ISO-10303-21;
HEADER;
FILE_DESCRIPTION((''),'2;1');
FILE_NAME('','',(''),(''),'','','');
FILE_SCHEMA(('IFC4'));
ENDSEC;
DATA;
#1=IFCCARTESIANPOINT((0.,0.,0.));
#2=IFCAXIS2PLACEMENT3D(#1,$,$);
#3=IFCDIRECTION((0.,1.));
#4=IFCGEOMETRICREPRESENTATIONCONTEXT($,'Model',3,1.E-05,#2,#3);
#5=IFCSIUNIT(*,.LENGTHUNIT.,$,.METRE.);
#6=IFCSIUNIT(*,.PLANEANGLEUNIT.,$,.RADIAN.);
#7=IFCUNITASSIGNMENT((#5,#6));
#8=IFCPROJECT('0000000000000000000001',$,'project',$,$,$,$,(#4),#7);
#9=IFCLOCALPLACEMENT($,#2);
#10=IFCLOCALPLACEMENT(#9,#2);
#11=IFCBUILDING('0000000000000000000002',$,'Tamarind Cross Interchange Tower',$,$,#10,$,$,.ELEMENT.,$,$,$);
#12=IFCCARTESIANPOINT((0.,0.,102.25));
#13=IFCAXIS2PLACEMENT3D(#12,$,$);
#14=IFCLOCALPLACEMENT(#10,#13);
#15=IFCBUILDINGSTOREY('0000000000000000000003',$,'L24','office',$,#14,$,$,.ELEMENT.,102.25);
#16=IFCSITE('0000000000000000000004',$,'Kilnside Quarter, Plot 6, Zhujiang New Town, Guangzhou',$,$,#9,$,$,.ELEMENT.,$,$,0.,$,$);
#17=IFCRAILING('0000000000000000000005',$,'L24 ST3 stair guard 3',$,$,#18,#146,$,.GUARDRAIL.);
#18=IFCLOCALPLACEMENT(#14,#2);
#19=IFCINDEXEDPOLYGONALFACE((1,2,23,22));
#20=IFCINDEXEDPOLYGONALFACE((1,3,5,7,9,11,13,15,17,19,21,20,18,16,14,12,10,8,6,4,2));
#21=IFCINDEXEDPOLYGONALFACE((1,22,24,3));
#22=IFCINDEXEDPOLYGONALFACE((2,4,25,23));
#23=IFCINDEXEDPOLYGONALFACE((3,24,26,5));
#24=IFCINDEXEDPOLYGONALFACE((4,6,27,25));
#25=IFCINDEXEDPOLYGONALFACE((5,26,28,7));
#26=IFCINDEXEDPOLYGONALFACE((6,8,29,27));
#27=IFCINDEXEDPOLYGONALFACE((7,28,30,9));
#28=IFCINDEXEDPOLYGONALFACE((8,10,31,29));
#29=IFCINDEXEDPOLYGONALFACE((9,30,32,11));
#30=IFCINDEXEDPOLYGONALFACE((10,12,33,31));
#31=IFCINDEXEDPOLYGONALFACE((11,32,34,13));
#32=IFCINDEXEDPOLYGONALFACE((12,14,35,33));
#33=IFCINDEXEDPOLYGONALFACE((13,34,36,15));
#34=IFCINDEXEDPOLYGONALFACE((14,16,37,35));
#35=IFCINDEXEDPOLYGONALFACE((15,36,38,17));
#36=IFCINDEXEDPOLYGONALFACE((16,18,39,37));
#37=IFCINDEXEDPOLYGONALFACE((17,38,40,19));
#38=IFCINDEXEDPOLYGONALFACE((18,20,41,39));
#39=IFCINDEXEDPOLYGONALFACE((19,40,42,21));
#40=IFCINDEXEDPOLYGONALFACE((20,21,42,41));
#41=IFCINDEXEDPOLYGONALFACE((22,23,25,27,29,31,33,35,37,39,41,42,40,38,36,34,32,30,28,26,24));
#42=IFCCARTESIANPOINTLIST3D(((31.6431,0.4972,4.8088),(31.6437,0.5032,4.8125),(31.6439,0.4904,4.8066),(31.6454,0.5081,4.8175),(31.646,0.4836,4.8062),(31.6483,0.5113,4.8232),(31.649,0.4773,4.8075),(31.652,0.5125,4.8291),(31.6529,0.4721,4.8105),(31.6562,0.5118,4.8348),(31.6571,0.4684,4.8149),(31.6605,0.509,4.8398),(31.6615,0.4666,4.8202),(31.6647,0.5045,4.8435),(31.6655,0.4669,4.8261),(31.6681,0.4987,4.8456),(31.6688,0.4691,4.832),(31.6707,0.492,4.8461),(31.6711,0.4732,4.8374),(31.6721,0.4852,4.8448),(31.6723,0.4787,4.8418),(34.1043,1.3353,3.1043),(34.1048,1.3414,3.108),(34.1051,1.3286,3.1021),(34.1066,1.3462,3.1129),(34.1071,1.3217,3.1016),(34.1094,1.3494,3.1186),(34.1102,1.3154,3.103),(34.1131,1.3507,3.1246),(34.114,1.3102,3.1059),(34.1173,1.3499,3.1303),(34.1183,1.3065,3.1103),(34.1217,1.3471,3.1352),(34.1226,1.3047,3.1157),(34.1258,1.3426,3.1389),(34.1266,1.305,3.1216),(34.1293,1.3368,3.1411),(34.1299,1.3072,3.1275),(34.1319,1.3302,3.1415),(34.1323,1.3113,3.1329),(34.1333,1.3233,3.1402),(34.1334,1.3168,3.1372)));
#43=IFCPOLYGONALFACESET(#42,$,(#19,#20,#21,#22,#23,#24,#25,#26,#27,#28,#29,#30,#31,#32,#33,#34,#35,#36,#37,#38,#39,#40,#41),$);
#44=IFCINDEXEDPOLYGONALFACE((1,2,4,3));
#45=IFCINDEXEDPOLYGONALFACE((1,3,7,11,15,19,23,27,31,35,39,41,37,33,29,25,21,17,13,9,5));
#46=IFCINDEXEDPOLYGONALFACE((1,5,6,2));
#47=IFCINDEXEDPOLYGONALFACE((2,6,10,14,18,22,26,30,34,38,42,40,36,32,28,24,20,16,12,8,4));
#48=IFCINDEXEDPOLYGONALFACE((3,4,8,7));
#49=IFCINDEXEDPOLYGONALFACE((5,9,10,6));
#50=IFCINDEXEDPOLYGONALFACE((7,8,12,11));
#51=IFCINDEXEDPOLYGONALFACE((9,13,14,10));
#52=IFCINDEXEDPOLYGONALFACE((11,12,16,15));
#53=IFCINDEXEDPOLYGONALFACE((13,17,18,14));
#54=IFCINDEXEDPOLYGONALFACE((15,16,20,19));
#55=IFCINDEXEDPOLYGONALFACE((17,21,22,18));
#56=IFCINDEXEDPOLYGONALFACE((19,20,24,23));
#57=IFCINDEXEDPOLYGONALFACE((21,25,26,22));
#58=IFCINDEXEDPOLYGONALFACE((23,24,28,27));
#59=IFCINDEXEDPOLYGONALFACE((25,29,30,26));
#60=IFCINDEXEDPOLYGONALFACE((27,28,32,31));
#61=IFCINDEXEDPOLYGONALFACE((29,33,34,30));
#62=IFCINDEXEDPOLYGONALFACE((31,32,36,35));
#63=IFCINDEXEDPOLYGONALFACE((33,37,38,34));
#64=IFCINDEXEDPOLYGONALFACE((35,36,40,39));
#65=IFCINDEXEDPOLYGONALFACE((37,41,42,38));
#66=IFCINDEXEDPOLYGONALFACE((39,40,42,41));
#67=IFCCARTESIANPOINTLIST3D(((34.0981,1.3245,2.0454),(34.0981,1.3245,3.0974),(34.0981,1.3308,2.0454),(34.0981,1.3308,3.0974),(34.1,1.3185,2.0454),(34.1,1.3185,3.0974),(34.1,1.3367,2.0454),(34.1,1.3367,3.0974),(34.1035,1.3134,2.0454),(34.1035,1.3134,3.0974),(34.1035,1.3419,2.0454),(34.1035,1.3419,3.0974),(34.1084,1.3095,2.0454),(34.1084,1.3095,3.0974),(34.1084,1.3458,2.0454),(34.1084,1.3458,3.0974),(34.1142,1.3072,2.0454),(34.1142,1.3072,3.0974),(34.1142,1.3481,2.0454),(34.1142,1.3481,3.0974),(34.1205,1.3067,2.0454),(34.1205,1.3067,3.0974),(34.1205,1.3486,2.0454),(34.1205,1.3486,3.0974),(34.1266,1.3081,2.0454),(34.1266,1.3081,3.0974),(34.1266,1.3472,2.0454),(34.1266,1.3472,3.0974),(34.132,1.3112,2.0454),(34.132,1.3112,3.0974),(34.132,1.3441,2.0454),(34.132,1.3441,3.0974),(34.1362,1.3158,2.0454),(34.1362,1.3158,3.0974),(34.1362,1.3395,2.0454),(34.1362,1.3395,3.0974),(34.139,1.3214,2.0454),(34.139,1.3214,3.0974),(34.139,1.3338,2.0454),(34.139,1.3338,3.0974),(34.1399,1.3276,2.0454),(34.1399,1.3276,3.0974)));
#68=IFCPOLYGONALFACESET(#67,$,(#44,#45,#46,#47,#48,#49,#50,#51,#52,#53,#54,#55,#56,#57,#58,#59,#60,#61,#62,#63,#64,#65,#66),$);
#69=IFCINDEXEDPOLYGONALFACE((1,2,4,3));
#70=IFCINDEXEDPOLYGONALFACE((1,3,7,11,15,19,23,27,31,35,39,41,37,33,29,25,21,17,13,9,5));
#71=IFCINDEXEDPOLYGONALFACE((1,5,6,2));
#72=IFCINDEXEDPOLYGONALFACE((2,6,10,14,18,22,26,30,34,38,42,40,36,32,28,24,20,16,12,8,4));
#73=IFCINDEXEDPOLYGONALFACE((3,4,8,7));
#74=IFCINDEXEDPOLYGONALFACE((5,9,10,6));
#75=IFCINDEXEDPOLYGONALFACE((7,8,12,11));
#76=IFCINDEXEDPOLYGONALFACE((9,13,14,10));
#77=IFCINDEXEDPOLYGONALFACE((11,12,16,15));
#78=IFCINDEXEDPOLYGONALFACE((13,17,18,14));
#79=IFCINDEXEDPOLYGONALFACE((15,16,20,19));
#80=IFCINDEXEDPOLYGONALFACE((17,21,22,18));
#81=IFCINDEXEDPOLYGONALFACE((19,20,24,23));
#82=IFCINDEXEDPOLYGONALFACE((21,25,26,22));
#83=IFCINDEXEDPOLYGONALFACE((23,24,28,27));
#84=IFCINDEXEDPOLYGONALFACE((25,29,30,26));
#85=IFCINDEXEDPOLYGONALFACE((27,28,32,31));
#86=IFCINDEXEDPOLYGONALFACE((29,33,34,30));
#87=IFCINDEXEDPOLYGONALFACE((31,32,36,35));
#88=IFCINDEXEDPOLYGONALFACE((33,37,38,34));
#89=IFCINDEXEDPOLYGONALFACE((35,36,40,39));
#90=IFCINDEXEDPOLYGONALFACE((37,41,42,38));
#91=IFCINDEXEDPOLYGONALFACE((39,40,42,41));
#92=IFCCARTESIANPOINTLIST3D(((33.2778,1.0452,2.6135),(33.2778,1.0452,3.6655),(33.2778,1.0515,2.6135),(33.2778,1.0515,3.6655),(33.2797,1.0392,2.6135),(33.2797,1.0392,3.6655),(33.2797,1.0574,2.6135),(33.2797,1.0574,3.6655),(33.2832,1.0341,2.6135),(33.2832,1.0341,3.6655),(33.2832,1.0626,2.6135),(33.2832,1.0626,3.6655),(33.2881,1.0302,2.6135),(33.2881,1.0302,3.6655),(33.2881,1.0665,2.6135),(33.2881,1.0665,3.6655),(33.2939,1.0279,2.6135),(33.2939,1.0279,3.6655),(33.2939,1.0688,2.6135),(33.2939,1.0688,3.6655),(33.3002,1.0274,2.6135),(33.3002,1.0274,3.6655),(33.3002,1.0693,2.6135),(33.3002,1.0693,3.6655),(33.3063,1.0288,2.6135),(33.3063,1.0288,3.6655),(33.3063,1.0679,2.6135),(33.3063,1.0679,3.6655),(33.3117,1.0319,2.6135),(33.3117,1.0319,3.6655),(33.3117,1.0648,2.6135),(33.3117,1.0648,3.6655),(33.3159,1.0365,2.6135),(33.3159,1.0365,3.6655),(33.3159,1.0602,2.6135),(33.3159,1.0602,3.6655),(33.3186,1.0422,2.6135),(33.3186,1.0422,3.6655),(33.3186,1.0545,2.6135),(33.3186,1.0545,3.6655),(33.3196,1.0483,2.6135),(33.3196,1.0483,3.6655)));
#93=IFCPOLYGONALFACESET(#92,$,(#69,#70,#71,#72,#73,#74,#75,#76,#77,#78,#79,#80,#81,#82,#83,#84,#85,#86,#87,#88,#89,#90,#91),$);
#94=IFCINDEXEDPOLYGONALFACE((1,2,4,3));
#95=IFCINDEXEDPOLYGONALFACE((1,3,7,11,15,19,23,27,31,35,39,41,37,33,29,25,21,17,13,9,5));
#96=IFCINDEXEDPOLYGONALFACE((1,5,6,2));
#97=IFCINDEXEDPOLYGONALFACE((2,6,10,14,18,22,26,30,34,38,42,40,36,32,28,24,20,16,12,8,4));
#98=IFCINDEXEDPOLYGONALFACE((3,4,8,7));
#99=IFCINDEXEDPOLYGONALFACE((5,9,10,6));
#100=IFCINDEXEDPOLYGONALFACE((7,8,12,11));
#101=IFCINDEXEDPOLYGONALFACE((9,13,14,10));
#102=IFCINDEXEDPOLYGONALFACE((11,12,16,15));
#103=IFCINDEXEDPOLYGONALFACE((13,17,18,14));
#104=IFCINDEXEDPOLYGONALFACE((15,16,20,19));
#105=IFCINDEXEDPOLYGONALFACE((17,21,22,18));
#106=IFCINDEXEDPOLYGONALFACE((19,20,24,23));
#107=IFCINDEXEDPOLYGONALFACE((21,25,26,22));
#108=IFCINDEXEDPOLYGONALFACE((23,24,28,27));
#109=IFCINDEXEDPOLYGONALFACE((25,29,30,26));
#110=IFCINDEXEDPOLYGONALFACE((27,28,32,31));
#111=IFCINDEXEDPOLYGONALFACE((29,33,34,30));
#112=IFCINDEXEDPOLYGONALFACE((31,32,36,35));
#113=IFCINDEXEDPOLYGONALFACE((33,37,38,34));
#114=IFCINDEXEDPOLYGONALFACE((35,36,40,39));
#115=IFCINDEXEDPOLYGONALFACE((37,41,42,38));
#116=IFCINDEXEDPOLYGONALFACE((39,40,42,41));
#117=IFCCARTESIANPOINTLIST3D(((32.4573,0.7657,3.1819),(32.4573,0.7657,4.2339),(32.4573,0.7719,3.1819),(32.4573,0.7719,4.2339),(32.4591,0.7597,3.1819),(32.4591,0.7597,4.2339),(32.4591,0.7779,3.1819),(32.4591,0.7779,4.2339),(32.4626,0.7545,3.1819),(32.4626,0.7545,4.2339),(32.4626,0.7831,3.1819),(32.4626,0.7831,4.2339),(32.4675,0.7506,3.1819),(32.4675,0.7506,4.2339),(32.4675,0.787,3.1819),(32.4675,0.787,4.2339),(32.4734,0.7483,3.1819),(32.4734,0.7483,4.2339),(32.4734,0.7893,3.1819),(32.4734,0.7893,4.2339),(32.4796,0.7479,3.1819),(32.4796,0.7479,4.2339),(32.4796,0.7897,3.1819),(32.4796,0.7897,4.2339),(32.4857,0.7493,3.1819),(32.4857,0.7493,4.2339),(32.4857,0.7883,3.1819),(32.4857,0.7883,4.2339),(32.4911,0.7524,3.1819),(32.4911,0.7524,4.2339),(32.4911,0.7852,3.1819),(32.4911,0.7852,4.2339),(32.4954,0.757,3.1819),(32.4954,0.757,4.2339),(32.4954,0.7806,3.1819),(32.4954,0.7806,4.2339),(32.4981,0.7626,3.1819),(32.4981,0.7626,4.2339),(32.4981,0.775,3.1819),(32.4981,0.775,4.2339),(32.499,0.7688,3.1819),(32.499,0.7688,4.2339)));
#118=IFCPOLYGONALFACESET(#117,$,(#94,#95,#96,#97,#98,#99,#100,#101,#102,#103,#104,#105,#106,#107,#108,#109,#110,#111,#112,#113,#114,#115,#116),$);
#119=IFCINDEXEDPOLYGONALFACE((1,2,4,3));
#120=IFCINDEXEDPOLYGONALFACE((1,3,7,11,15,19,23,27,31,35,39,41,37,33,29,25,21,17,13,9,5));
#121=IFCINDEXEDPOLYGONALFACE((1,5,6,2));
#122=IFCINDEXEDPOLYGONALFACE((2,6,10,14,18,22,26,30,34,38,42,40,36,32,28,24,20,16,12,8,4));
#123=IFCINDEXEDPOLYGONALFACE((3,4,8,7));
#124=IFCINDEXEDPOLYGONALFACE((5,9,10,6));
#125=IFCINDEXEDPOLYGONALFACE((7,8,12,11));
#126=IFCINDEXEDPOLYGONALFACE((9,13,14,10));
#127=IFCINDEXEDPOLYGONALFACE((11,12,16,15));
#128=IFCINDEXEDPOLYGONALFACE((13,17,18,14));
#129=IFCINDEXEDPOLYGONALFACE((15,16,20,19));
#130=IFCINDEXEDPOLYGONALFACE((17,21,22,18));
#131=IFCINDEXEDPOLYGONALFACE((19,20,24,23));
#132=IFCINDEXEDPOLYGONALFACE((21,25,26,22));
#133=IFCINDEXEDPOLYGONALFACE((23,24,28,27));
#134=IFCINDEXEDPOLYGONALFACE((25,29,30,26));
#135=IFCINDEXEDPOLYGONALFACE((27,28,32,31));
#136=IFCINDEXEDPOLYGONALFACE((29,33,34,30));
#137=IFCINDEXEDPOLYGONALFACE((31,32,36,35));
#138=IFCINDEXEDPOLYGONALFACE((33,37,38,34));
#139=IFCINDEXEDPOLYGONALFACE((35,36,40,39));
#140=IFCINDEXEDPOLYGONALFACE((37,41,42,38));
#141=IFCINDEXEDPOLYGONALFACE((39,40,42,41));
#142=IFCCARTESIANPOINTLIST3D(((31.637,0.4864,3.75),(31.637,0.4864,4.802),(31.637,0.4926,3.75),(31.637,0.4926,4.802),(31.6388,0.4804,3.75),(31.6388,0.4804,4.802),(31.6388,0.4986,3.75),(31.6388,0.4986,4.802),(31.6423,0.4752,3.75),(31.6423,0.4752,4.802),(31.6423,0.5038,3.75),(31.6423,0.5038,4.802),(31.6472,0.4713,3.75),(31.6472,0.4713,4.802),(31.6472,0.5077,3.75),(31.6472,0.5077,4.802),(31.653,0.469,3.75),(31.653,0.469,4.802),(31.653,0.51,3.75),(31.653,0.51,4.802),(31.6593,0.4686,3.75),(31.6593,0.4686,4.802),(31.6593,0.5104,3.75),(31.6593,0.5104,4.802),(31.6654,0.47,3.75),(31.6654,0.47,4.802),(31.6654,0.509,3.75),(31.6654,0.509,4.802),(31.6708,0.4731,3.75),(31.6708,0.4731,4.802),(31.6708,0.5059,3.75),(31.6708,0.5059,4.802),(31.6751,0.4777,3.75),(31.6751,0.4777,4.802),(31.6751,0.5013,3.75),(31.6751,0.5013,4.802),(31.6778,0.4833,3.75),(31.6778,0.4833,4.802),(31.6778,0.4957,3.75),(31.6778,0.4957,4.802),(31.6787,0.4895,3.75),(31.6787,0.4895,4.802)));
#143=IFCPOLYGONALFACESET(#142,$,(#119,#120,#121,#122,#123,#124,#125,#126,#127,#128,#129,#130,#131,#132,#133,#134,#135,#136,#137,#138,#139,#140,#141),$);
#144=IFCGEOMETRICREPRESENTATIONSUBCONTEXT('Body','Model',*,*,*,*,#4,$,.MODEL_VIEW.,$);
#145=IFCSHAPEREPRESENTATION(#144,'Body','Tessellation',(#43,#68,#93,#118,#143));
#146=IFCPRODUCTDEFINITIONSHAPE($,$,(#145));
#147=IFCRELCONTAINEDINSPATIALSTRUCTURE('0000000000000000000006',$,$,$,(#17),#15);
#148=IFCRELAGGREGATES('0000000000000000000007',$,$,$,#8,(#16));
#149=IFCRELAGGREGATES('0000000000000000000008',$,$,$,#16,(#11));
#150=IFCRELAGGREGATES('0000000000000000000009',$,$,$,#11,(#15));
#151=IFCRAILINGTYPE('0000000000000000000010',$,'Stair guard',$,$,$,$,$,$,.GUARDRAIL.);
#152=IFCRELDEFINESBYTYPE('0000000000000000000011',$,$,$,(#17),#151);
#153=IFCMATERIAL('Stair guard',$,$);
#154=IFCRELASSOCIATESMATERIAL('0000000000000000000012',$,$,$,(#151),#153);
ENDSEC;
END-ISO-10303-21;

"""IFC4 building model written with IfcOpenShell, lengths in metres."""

from ifc_helpers import new_model, si_unit, direction, frame, origin, origin_2d, place, context, subcontext, project, spatial, circle, extrude, material, type_object, element, save


model = new_model("IFC4")

# Units and contexts
model_context = context("Model", 3, precision=1e-05, world=origin(), true_north=direction((0.0, 1.0)))
body_context = subcontext(model_context, "Body", "Model", "MODEL_VIEW")
ifc_project = project(units=[si_unit("LENGTHUNIT", "METRE"), si_unit("PLANEANGLEUNIT", "RADIAN")], contexts=[model_context])

# Site, building, storey
site_placement = place(None, origin())
site = spatial("IfcSite", under=ifc_project, at=site_placement, Name="Kilnside Quarter, Plot 6, Zhujiang New Town, Guangzhou", CompositionType="ELEMENT", RefElevation=0.0)
building_placement = place(site_placement, origin())
building = spatial("IfcBuilding", under=site, at=building_placement, Name="Tamarind Cross Interchange Tower", CompositionType="ELEMENT")
storey_placement = place(building_placement, frame((0.0, 0.0, 102.25)))
storey = spatial("IfcBuildingStorey", under=building, at=storey_placement, Name="L24", Description="office", CompositionType="ELEMENT", Elevation=102.25)

# Railing
ifc_material_1 = material(Name="Stair guard")
railing_type_1 = type_object("IfcRailingType", Name="Stair guard", PredefinedType="GUARDRAIL", material=ifc_material_1)
railing_1_placement = place(storey_placement, frame((34.1189, 1.3276, 2.0454)))
element("IfcRailing", 1, at=railing_1_placement, inside=storey, type_object=railing_type_1, Name="L24 ST3 stair guard 3", PredefinedType="GUARDRAIL", context=body_context, shape_type="SweptSolid", body=[
    extrude(circle(Radius=0.0239, at=origin_2d()), frame((0.0, 0.0, 1.0762), z_axis=(-0.791646, -0.269589, 0.548286), x_axis=(0.322362, -0.946616, 0.0)), (0.0, 0.0, 1.0), 3.1089),
    extrude(circle(Radius=0.021, at=origin_2d()), origin(), (0.0, 0.0, 1.0), 1.052),
    extrude(circle(Radius=0.021, at=origin_2d()), frame((-0.8203, -0.2793, 0.5681)), (0.0, 0.0, 1.0), 1.052),
    extrude(circle(Radius=0.021, at=origin_2d()), frame((-1.6409, -0.5588, 1.1365)), (0.0, 0.0, 1.0), 1.052),
    extrude(circle(Radius=0.021, at=origin_2d()), frame((-2.4612, -0.8381, 1.7046)), (0.0, 0.0, 1.0), 1.052),
])

save(model, "model.ifc")
